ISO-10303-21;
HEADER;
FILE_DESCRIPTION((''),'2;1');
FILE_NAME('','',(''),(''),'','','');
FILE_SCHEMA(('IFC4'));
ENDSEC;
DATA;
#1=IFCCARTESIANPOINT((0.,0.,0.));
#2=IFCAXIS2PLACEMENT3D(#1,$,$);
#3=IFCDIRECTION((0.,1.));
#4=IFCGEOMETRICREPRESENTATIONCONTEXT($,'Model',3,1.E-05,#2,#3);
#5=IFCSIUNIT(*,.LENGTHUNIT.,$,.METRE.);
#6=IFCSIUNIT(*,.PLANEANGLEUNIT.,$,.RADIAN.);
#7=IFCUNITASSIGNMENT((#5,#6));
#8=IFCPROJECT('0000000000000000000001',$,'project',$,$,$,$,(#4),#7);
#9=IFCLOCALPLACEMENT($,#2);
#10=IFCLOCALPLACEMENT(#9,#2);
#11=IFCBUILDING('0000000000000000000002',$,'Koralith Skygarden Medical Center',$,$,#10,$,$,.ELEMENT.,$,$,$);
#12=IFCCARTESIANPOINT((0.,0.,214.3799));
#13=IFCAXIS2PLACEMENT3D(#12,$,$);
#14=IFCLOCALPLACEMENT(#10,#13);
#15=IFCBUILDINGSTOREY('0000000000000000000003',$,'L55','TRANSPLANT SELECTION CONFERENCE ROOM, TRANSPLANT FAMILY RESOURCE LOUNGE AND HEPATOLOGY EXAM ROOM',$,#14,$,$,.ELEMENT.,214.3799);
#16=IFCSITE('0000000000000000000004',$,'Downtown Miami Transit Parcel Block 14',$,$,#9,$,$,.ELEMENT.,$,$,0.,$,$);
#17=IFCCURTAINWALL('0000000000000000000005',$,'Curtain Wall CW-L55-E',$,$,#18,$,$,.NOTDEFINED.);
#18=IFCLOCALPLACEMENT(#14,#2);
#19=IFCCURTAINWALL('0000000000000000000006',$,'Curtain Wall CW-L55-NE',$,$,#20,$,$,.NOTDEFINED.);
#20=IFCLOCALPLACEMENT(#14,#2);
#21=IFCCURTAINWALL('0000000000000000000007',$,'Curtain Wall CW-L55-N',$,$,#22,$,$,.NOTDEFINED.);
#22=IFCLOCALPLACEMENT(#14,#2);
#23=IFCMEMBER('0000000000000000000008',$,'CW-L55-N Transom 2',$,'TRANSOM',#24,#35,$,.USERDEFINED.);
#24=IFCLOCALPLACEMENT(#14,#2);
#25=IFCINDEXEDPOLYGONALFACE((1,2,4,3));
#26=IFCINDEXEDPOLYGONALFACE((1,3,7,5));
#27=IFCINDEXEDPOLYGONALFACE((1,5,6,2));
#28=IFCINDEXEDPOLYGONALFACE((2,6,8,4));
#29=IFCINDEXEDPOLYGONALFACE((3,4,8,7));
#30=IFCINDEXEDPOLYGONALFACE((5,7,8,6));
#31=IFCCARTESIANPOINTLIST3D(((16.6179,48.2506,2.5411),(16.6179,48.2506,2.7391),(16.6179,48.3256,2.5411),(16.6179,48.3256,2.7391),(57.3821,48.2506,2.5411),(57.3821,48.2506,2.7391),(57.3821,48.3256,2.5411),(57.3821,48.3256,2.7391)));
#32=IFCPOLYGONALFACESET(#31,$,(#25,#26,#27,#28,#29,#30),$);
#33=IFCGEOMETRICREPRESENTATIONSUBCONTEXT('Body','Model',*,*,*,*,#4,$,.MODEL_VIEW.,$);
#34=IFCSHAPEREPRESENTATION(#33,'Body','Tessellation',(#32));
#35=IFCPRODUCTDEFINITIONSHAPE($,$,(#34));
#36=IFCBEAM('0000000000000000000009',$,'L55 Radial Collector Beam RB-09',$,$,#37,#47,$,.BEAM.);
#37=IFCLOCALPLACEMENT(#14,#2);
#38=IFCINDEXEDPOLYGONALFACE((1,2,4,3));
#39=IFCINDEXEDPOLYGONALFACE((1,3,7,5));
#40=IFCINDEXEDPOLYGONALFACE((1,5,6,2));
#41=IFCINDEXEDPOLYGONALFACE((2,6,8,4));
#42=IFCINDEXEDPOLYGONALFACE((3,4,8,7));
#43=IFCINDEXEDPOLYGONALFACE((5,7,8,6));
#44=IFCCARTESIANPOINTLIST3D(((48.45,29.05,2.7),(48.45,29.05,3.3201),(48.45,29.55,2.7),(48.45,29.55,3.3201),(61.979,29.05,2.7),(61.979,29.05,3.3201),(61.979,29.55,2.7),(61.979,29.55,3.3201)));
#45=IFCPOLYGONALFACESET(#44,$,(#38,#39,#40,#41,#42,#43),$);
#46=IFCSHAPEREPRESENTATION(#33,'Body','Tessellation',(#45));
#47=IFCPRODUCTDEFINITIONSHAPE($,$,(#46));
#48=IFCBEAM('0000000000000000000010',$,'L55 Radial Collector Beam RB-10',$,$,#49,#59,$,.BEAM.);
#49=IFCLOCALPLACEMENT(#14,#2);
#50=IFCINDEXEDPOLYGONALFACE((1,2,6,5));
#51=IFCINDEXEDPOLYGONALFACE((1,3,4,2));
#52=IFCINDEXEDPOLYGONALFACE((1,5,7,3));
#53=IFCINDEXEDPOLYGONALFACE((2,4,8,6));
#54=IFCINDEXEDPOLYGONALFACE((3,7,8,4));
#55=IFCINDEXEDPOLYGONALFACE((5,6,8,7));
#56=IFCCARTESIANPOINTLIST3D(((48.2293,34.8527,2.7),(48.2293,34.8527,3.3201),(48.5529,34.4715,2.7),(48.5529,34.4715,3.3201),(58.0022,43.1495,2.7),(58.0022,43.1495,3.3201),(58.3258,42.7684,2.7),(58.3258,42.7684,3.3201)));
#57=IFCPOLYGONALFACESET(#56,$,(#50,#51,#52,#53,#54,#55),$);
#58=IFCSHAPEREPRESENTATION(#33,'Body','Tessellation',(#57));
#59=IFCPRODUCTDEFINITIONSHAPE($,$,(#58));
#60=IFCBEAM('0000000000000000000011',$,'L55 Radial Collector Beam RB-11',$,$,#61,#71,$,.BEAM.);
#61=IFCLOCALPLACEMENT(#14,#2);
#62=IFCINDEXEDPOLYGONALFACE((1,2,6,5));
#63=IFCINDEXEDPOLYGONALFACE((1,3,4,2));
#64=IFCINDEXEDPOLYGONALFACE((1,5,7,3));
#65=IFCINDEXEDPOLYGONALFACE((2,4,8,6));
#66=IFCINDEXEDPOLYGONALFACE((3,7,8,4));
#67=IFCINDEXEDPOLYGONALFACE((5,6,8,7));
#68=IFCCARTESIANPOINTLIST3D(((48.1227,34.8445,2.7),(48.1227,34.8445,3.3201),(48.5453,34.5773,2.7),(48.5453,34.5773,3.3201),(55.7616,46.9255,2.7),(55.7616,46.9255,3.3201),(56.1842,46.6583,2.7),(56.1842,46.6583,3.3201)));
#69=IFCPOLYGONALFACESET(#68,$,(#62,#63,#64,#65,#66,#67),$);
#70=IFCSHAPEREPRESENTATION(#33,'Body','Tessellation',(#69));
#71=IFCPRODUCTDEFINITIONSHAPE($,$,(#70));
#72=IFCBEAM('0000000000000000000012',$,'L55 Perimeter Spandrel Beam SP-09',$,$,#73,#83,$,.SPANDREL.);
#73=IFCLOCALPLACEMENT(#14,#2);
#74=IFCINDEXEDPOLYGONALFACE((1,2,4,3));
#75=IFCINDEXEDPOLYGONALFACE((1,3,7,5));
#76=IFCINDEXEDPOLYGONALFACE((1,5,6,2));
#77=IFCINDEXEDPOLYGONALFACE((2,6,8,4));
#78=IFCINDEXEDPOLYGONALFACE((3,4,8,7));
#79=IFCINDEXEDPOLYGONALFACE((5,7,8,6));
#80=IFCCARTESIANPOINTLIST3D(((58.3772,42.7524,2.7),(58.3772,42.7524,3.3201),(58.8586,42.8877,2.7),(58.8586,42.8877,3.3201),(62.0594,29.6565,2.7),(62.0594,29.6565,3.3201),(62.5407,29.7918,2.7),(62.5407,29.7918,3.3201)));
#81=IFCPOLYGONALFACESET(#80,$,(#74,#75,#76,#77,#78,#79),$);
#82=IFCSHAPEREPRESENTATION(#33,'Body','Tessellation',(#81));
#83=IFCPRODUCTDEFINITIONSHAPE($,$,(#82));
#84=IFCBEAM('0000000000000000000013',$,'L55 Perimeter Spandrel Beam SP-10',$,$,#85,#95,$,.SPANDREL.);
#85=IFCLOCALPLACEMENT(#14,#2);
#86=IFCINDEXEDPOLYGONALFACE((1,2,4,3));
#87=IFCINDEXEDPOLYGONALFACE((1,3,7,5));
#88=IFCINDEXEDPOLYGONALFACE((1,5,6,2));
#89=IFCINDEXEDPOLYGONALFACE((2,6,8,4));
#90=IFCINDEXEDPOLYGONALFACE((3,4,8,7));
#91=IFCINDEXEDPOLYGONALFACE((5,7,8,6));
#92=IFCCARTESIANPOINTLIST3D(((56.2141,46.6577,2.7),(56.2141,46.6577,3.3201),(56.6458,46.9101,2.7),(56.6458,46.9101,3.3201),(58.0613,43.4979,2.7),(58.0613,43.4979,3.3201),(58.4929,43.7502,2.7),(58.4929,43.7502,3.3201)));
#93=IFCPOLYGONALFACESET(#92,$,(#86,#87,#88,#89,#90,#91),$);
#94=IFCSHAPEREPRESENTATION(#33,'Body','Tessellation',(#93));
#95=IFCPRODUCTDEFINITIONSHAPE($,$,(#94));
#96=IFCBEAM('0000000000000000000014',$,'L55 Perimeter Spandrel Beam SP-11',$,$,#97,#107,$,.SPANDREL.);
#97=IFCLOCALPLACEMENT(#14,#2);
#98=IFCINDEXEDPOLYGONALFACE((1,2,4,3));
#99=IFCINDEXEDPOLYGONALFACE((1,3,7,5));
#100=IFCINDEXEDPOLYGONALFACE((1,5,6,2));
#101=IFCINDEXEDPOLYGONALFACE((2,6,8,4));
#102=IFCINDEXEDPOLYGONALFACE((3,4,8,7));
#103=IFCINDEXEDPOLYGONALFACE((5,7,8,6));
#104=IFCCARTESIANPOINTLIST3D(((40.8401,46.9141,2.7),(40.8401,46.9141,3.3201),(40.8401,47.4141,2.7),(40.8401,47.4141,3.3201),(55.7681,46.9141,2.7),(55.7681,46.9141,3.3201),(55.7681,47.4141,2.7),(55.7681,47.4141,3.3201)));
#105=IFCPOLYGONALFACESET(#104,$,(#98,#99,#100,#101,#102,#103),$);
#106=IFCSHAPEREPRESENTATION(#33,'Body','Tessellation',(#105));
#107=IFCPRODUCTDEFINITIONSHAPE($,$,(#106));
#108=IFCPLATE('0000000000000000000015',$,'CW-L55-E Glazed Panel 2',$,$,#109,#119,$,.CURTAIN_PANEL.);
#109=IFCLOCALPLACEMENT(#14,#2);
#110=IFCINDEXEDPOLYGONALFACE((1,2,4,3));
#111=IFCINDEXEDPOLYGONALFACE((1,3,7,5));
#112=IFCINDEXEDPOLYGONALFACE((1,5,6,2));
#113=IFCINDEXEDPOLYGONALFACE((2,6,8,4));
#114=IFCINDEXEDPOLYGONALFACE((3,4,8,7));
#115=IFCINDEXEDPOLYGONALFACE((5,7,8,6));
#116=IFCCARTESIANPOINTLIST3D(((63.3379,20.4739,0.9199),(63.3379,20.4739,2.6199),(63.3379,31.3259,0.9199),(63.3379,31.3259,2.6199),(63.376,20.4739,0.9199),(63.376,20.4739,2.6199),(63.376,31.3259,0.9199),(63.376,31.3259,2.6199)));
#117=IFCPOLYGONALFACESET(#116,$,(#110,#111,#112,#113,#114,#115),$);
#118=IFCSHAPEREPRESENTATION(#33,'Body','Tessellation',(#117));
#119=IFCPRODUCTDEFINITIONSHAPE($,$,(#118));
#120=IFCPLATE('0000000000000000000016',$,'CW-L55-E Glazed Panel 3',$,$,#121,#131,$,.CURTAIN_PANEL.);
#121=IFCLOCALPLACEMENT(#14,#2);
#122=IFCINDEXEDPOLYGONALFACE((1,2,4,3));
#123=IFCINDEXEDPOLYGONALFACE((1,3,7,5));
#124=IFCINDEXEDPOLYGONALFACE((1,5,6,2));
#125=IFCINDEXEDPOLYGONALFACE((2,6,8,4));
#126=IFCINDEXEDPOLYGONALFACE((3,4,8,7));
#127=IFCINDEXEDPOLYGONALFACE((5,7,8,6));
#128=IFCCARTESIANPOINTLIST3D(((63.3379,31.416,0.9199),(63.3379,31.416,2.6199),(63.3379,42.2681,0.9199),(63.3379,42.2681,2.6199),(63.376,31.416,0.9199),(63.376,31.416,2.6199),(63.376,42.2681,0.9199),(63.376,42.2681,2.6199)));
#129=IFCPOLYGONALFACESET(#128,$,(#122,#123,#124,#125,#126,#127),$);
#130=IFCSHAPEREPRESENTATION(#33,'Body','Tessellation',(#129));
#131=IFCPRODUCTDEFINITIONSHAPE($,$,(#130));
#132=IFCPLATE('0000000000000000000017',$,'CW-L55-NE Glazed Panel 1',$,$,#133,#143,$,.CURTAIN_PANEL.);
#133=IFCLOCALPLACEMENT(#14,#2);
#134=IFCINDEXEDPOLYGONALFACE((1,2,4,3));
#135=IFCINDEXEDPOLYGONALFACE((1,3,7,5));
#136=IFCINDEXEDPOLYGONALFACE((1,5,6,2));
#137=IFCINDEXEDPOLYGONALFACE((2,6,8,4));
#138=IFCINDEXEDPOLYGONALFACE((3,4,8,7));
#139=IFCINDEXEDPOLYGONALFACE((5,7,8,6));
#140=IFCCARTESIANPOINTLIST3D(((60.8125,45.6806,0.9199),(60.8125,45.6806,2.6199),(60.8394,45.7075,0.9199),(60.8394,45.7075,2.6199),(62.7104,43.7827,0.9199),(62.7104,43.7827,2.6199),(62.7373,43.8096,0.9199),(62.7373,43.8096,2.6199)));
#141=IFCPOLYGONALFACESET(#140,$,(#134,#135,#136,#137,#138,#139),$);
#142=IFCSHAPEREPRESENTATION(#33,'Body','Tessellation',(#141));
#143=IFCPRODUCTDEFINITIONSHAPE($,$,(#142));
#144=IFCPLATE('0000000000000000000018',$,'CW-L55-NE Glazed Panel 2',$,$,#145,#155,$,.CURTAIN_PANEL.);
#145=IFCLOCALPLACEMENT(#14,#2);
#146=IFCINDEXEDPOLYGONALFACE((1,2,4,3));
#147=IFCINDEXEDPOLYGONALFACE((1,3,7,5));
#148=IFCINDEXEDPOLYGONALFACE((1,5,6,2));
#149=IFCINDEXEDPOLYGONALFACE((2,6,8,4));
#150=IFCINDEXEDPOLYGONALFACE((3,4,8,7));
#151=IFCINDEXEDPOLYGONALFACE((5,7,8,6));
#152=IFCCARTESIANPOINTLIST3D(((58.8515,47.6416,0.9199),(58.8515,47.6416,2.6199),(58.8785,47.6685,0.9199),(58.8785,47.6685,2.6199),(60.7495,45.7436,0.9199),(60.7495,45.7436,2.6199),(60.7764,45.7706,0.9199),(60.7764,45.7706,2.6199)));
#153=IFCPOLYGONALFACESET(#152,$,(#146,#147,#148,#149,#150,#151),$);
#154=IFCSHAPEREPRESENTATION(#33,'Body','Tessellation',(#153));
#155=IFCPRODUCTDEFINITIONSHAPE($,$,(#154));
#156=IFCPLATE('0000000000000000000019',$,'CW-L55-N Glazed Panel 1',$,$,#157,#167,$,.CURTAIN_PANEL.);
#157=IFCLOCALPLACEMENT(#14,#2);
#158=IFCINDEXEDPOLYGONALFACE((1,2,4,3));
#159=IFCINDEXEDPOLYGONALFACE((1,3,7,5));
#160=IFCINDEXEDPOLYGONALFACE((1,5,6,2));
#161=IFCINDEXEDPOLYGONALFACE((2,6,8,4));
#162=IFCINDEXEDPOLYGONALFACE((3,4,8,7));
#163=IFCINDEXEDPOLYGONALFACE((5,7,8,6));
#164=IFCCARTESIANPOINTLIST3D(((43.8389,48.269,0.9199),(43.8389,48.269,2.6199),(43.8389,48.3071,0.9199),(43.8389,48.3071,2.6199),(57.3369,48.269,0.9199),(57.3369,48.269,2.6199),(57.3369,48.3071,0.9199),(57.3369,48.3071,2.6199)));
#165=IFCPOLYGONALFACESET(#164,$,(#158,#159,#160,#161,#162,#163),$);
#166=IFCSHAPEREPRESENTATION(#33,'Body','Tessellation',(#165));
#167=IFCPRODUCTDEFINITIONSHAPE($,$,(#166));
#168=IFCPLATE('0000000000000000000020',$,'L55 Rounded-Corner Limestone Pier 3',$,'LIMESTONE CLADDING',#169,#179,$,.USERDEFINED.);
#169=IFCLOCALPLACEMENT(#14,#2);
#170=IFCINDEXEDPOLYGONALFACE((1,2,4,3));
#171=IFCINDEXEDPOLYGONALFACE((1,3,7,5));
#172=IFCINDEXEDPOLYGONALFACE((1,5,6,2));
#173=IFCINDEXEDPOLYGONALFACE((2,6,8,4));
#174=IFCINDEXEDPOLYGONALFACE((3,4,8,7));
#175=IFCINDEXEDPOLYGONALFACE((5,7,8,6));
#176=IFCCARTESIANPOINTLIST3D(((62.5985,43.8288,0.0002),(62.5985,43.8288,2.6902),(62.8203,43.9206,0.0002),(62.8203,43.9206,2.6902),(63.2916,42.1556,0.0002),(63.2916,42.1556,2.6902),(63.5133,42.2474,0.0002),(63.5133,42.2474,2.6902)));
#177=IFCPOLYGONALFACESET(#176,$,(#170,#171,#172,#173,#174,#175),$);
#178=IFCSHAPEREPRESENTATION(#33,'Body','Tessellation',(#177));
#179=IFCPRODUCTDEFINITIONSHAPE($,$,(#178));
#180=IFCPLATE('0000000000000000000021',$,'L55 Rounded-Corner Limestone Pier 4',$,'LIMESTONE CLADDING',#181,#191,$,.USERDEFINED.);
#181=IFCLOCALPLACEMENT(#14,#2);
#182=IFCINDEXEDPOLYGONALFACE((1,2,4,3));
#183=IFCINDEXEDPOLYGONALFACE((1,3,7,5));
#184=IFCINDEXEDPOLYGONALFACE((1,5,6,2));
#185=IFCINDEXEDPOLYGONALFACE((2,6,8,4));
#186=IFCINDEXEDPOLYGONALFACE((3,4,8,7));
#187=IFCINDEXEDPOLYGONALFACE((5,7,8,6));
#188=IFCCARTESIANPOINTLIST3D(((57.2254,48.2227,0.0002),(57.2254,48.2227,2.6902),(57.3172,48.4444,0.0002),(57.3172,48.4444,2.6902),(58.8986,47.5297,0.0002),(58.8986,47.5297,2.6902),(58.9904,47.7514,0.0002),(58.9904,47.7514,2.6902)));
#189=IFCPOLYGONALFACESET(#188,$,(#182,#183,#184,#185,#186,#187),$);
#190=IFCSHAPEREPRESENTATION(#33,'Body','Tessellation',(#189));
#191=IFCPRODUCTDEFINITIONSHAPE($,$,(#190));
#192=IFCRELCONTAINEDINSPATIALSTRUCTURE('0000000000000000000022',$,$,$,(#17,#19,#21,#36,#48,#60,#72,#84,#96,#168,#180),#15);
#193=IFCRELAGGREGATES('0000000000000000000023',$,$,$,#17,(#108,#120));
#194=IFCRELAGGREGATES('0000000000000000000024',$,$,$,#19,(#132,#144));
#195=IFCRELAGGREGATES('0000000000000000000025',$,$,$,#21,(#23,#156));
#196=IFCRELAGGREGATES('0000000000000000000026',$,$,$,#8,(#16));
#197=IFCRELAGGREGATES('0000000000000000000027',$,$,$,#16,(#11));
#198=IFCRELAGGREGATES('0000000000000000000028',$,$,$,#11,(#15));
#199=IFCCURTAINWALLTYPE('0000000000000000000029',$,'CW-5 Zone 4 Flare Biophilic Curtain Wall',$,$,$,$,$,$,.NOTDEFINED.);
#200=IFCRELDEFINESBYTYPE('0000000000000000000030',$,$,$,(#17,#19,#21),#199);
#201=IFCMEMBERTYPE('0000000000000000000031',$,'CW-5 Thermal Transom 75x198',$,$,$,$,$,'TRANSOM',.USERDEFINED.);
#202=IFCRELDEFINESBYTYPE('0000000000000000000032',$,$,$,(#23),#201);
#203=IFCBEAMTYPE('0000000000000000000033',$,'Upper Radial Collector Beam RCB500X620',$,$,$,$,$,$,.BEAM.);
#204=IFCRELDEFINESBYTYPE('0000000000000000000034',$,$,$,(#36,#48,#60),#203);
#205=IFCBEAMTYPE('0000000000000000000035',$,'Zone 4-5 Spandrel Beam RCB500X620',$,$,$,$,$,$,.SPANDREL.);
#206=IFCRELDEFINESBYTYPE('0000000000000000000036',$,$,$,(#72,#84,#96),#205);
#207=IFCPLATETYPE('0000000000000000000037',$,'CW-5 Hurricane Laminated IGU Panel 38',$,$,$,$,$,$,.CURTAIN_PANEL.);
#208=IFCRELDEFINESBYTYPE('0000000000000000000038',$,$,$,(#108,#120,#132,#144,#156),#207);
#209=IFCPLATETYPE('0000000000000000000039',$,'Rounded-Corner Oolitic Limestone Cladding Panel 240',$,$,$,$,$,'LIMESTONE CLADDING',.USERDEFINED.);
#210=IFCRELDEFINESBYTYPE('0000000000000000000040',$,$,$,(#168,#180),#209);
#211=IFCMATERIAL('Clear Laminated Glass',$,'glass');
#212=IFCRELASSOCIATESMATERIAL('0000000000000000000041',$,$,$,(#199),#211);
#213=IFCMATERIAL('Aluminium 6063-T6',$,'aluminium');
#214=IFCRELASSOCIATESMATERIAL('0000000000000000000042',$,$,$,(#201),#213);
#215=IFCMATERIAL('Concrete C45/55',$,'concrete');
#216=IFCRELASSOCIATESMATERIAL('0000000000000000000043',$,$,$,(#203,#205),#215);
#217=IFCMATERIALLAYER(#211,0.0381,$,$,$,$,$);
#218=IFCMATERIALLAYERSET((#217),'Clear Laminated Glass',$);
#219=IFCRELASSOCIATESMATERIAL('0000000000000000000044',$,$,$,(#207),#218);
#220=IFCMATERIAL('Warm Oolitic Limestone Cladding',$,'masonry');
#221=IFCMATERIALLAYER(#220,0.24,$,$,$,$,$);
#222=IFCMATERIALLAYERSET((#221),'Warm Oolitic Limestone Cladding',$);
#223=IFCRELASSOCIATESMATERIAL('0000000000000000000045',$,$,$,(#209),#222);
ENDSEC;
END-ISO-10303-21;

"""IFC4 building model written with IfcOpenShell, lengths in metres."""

from ifc_helpers import new_model, si_unit, direction, frame, origin, origin_2d, place, context, subcontext, project, spatial, rectangle, extrude, material, layer, layer_set, material_profile, profile_set, type_object, element, aggregate, save


model = new_model("IFC4")

# Units and contexts
model_context = context("Model", 3, precision=1e-05, world=origin(), true_north=direction((0.0, 1.0)))
body_context = subcontext(model_context, "Body", "Model", "MODEL_VIEW")
ifc_project = project(units=[si_unit("LENGTHUNIT", "METRE"), si_unit("PLANEANGLEUNIT", "RADIAN")], contexts=[model_context])

# Site, building, storey
site_placement = place(None, origin())
site = spatial("IfcSite", under=ifc_project, at=site_placement, Name="Downtown Miami Transit Parcel Block 14", CompositionType="ELEMENT", RefElevation=0.0)
building_placement = place(site_placement, origin())
building = spatial("IfcBuilding", under=site, at=building_placement, Name="Koralith Skygarden Medical Center", CompositionType="ELEMENT")
storey_placement = place(building_placement, frame((0.0, 0.0, 214.3799)))
storey = spatial("IfcBuildingStorey", under=building, at=storey_placement, Name="L55", Description="TRANSPLANT SELECTION CONFERENCE ROOM, TRANSPLANT FAMILY RESOURCE LOUNGE AND HEPATOLOGY EXAM ROOM", CompositionType="ELEMENT", Elevation=214.3799)

# Curtain walls
ifc_material_1 = material(Name="Clear Laminated Glass", Category="glass")
curtain_wall_type = type_object("IfcCurtainWallType", Name="CW-5 Zone 4 Flare Biophilic Curtain Wall", PredefinedType="NOTDEFINED", material=ifc_material_1)
curtain_wall_1_placement = place(storey_placement, origin())
curtain_wall_1 = element("IfcCurtainWall", 1, at=curtain_wall_1_placement, inside=storey, type_object=curtain_wall_type, Name="Curtain Wall CW-L55-E", PredefinedType="NOTDEFINED")
ifc_material_2 = material(Name="Aluminium 6063-T6", Category="aluminium")
curtain_wall_2_placement = place(storey_placement, origin())
curtain_wall_2 = element("IfcCurtainWall", 2, at=curtain_wall_2_placement, inside=storey, type_object=curtain_wall_type, Name="Curtain Wall CW-L55-NE", PredefinedType="NOTDEFINED")

# Curtain wall
curtain_wall_3_placement = place(storey_placement, origin())
curtain_wall_3 = element("IfcCurtainWall", 3, at=curtain_wall_3_placement, inside=storey, type_object=curtain_wall_type, Name="Curtain Wall CW-L55-N", PredefinedType="NOTDEFINED")

# Member
ifc_material_profile_1 = material_profile(ifc_material_2, rectangle(XDim=0.075, YDim=0.198, at=origin_2d()), Name="TRN75X198")
ifc_profile_set_1 = profile_set([ifc_material_profile_1], Name="Aluminium 6063-T6")
member_type_1 = type_object("IfcMemberType", Name="CW-5 Thermal Transom 75x198", ElementType="TRANSOM", PredefinedType="USERDEFINED", material=ifc_profile_set_1)
member_1_placement = place(storey_placement, frame((57.3821, 48.2881, 2.6401), z_axis=(-1.0, 0.0, 0.0), x_axis=(0.0, -1.0, 0.0)))
member_1 = element("IfcMember", 4, at=member_1_placement, type_object=member_type_1, Name="CW-L55-N Transom 2", ObjectType="TRANSOM", PredefinedType="USERDEFINED", context=body_context, shape_type="SweptSolid", body=[
    extrude(rectangle(XDim=0.075, YDim=0.198, at=origin_2d()), origin(), (0.0, 0.0, 1.0), 40.7642),
])

# Beams
ifc_material_3 = material(Name="Concrete C45/55", Category="concrete")
ifc_material_profile_2 = material_profile(ifc_material_3, rectangle(XDim=0.5, YDim=0.6201, at=origin_2d()), Name="RCB500X620")
ifc_profile_set_2 = profile_set([ifc_material_profile_2], Name="Concrete C45/55")
beam_type_1 = type_object("IfcBeamType", Name="Upper Radial Collector Beam RCB500X620", PredefinedType="BEAM", material=ifc_profile_set_2)
beam_1_placement = place(storey_placement, frame((48.45, 29.3, 3.01), z_axis=(1.0, 0.0, 0.0), x_axis=(0.0, 1.0, 0.0)))
element("IfcBeam", 5, at=beam_1_placement, inside=storey, type_object=beam_type_1, Name="L55 Radial Collector Beam RB-09", PredefinedType="BEAM", context=body_context, shape_type="SweptSolid", body=[
    extrude(rectangle(XDim=0.5, YDim=0.6201, at=origin_2d()), origin(), (0.0, 0.0, 1.0), 13.5291),
])
beam_2_placement = place(storey_placement, frame((48.3911, 34.6621, 3.01), z_axis=(0.762329, 0.647189, 0.0), x_axis=(-0.647189, 0.762329, 0.0)))
element("IfcBeam", 6, at=beam_2_placement, inside=storey, type_object=beam_type_1, Name="L55 Radial Collector Beam RB-10", PredefinedType="BEAM", context=body_context, shape_type="SweptSolid", body=[
    extrude(rectangle(XDim=0.5, YDim=0.6201, at=origin_2d()), origin(), (0.0, 0.0, 1.0), 12.8198),
])
beam_3_placement = place(storey_placement, frame((48.334, 34.7109, 3.01), z_axis=(0.534432, 0.845212, 0.0), x_axis=(-0.845212, 0.534432, 0.0)))
element("IfcBeam", 7, at=beam_3_placement, inside=storey, type_object=beam_type_1, Name="L55 Radial Collector Beam RB-11", PredefinedType="BEAM", context=body_context, shape_type="SweptSolid", body=[
    extrude(rectangle(XDim=0.5, YDim=0.6201, at=origin_2d()), origin(), (0.0, 0.0, 1.0), 14.2935),
])
ifc_material_profile_3 = material_profile(ifc_material_3, rectangle(XDim=0.5, YDim=0.6201, at=origin_2d()), Name="RCB500X620")
ifc_profile_set_3 = profile_set([ifc_material_profile_3], Name="Concrete C45/55")
beam_type_2 = type_object("IfcBeamType", Name="Zone 4-5 Spandrel Beam RCB500X620", PredefinedType="SPANDREL", material=ifc_profile_set_3)
beam_4_placement = place(storey_placement, frame((62.3, 29.7241, 3.01), z_axis=(-0.27067, 0.962672, 0.0), x_axis=(-0.962672, -0.27067, 0.0)))
element("IfcBeam", 8, at=beam_4_placement, inside=storey, type_object=beam_type_2, Name="L55 Perimeter Spandrel Beam SP-09", PredefinedType="SPANDREL", context=body_context, shape_type="SweptSolid", body=[
    extrude(rectangle(XDim=0.5, YDim=0.6201, at=origin_2d()), origin(), (0.0, 0.0, 1.0), 13.6038),
])
beam_5_placement = place(storey_placement, frame((58.2771, 43.624, 3.01), z_axis=(-0.504663, 0.863316, 0.0), x_axis=(-0.863316, -0.504663, 0.0)))
element("IfcBeam", 9, at=beam_5_placement, inside=storey, type_object=beam_type_2, Name="L55 Perimeter Spandrel Beam SP-10", PredefinedType="SPANDREL", context=body_context, shape_type="SweptSolid", body=[
    extrude(rectangle(XDim=0.5, YDim=0.6201, at=origin_2d()), origin(), (0.0, 0.0, 1.0), 3.6602),
])
beam_6_placement = place(storey_placement, frame((55.7681, 47.1641, 3.01), z_axis=(-1.0, 0.0, 0.0), x_axis=(0.0, -1.0, 0.0)))
element("IfcBeam", 10, at=beam_6_placement, inside=storey, type_object=beam_type_2, Name="L55 Perimeter Spandrel Beam SP-11", PredefinedType="SPANDREL", context=body_context, shape_type="SweptSolid", body=[
    extrude(rectangle(XDim=0.5, YDim=0.6201, at=origin_2d()), origin(), (0.0, 0.0, 1.0), 14.928),
])

# Plates
ifc_layer_1 = layer(ifc_material_1, 0.0381)
ifc_layer_set_1 = layer_set([ifc_layer_1], Name="Clear Laminated Glass")
plate_type_1 = type_object("IfcPlateType", Name="CW-5 Hurricane Laminated IGU Panel 38", PredefinedType="CURTAIN_PANEL", material=ifc_layer_set_1)
plate_1_placement = place(storey_placement, frame((63.3569, 25.8999, 0.9199), z_axis=(0.0, 0.0, 1.0), x_axis=(0.0, 1.0, 0.0)))
plate_1 = element("IfcPlate", 11, at=plate_1_placement, type_object=plate_type_1, Name="CW-L55-E Glazed Panel 2", PredefinedType="CURTAIN_PANEL", context=body_context, shape_type="SweptSolid", body=[
    extrude(rectangle(XDim=10.8521, YDim=0.0381, at=origin_2d()), origin(), (0.0, 0.0, 1.0), 1.7),
])
plate_2_placement = place(storey_placement, frame((63.3569, 36.842, 0.9199), z_axis=(0.0, 0.0, 1.0), x_axis=(0.0, 1.0, 0.0)))
plate_2 = element("IfcPlate", 12, at=plate_2_placement, type_object=plate_type_1, Name="CW-L55-E Glazed Panel 3", PredefinedType="CURTAIN_PANEL", context=body_context, shape_type="SweptSolid", body=[
    extrude(rectangle(XDim=10.8521, YDim=0.0381, at=origin_2d()), origin(), (0.0, 0.0, 1.0), 1.7),
])
aggregate(curtain_wall_1, [plate_1, plate_2])
plate_3_placement = place(storey_placement, frame((61.7749, 44.7451, 0.9199), z_axis=(0.0, 0.0, 1.0), x_axis=(-0.707107, 0.707107, 0.0)))
plate_3 = element("IfcPlate", 13, at=plate_3_placement, type_object=plate_type_1, Name="CW-L55-NE Glazed Panel 1", PredefinedType="CURTAIN_PANEL", context=body_context, shape_type="SweptSolid", body=[
    extrude(rectangle(XDim=2.6841, YDim=0.0381, at=origin_2d()), origin(), (0.0, 0.0, 1.0), 1.7),
])
plate_4_placement = place(storey_placement, frame((59.814, 46.7061, 0.9199), z_axis=(0.0, 0.0, 1.0), x_axis=(-0.707107, 0.707107, 0.0)))
plate_4 = element("IfcPlate", 14, at=plate_4_placement, type_object=plate_type_1, Name="CW-L55-NE Glazed Panel 2", PredefinedType="CURTAIN_PANEL", context=body_context, shape_type="SweptSolid", body=[
    extrude(rectangle(XDim=2.6841, YDim=0.0381, at=origin_2d()), origin(), (0.0, 0.0, 1.0), 1.7),
])
aggregate(curtain_wall_2, [plate_3, plate_4])
plate_5_placement = place(storey_placement, frame((50.5879, 48.2881, 0.9199), z_axis=(0.0, 0.0, 1.0), x_axis=(-1.0, 0.0, 0.0)))
plate_5 = element("IfcPlate", 15, at=plate_5_placement, type_object=plate_type_1, Name="CW-L55-N Glazed Panel 1", PredefinedType="CURTAIN_PANEL", context=body_context, shape_type="SweptSolid", body=[
    extrude(rectangle(XDim=13.498, YDim=0.0381, at=origin_2d()), origin(), (0.0, 0.0, 1.0), 1.7),
])
aggregate(curtain_wall_3, [member_1, plate_5])

# Plates
ifc_material_4 = material(Name="Warm Oolitic Limestone Cladding", Category="masonry")
ifc_layer_2 = layer(ifc_material_4, 0.24)
ifc_layer_set_2 = layer_set([ifc_layer_2], Name="Warm Oolitic Limestone Cladding")
plate_type_2 = type_object("IfcPlateType", Name="Rounded-Corner Oolitic Limestone Cladding Panel 240", ElementType="LIMESTONE CLADDING", PredefinedType="USERDEFINED", material=ifc_layer_set_2)
for number, where, z_axis, x_axis, name in (
    (16, (63.0559, 43.0381, 0.0002), (0.0, 0.0, 1.0), (-0.382671, 0.923885, 0.0), "L55 Rounded-Corner Limestone Pier 3"),
    (17, (58.1079, 47.9871, 0.0002), (0.0, 0.0, 1.0), (-0.923885, 0.382671, 0.0), "L55 Rounded-Corner Limestone Pier 4"),
):
    element("IfcPlate", number, at=place(storey_placement, frame(where, z_axis=z_axis, x_axis=x_axis)), inside=storey, type_object=plate_type_2, Name=name, ObjectType="LIMESTONE CLADDING", PredefinedType="USERDEFINED", context=body_context, shape_type="SweptSolid", body=[
        extrude(rectangle(XDim=1.811, YDim=0.24, at=origin_2d()), origin(), (0.0, 0.0, 1.0), 2.6899),
    ])

save(model, "model.ifc")
